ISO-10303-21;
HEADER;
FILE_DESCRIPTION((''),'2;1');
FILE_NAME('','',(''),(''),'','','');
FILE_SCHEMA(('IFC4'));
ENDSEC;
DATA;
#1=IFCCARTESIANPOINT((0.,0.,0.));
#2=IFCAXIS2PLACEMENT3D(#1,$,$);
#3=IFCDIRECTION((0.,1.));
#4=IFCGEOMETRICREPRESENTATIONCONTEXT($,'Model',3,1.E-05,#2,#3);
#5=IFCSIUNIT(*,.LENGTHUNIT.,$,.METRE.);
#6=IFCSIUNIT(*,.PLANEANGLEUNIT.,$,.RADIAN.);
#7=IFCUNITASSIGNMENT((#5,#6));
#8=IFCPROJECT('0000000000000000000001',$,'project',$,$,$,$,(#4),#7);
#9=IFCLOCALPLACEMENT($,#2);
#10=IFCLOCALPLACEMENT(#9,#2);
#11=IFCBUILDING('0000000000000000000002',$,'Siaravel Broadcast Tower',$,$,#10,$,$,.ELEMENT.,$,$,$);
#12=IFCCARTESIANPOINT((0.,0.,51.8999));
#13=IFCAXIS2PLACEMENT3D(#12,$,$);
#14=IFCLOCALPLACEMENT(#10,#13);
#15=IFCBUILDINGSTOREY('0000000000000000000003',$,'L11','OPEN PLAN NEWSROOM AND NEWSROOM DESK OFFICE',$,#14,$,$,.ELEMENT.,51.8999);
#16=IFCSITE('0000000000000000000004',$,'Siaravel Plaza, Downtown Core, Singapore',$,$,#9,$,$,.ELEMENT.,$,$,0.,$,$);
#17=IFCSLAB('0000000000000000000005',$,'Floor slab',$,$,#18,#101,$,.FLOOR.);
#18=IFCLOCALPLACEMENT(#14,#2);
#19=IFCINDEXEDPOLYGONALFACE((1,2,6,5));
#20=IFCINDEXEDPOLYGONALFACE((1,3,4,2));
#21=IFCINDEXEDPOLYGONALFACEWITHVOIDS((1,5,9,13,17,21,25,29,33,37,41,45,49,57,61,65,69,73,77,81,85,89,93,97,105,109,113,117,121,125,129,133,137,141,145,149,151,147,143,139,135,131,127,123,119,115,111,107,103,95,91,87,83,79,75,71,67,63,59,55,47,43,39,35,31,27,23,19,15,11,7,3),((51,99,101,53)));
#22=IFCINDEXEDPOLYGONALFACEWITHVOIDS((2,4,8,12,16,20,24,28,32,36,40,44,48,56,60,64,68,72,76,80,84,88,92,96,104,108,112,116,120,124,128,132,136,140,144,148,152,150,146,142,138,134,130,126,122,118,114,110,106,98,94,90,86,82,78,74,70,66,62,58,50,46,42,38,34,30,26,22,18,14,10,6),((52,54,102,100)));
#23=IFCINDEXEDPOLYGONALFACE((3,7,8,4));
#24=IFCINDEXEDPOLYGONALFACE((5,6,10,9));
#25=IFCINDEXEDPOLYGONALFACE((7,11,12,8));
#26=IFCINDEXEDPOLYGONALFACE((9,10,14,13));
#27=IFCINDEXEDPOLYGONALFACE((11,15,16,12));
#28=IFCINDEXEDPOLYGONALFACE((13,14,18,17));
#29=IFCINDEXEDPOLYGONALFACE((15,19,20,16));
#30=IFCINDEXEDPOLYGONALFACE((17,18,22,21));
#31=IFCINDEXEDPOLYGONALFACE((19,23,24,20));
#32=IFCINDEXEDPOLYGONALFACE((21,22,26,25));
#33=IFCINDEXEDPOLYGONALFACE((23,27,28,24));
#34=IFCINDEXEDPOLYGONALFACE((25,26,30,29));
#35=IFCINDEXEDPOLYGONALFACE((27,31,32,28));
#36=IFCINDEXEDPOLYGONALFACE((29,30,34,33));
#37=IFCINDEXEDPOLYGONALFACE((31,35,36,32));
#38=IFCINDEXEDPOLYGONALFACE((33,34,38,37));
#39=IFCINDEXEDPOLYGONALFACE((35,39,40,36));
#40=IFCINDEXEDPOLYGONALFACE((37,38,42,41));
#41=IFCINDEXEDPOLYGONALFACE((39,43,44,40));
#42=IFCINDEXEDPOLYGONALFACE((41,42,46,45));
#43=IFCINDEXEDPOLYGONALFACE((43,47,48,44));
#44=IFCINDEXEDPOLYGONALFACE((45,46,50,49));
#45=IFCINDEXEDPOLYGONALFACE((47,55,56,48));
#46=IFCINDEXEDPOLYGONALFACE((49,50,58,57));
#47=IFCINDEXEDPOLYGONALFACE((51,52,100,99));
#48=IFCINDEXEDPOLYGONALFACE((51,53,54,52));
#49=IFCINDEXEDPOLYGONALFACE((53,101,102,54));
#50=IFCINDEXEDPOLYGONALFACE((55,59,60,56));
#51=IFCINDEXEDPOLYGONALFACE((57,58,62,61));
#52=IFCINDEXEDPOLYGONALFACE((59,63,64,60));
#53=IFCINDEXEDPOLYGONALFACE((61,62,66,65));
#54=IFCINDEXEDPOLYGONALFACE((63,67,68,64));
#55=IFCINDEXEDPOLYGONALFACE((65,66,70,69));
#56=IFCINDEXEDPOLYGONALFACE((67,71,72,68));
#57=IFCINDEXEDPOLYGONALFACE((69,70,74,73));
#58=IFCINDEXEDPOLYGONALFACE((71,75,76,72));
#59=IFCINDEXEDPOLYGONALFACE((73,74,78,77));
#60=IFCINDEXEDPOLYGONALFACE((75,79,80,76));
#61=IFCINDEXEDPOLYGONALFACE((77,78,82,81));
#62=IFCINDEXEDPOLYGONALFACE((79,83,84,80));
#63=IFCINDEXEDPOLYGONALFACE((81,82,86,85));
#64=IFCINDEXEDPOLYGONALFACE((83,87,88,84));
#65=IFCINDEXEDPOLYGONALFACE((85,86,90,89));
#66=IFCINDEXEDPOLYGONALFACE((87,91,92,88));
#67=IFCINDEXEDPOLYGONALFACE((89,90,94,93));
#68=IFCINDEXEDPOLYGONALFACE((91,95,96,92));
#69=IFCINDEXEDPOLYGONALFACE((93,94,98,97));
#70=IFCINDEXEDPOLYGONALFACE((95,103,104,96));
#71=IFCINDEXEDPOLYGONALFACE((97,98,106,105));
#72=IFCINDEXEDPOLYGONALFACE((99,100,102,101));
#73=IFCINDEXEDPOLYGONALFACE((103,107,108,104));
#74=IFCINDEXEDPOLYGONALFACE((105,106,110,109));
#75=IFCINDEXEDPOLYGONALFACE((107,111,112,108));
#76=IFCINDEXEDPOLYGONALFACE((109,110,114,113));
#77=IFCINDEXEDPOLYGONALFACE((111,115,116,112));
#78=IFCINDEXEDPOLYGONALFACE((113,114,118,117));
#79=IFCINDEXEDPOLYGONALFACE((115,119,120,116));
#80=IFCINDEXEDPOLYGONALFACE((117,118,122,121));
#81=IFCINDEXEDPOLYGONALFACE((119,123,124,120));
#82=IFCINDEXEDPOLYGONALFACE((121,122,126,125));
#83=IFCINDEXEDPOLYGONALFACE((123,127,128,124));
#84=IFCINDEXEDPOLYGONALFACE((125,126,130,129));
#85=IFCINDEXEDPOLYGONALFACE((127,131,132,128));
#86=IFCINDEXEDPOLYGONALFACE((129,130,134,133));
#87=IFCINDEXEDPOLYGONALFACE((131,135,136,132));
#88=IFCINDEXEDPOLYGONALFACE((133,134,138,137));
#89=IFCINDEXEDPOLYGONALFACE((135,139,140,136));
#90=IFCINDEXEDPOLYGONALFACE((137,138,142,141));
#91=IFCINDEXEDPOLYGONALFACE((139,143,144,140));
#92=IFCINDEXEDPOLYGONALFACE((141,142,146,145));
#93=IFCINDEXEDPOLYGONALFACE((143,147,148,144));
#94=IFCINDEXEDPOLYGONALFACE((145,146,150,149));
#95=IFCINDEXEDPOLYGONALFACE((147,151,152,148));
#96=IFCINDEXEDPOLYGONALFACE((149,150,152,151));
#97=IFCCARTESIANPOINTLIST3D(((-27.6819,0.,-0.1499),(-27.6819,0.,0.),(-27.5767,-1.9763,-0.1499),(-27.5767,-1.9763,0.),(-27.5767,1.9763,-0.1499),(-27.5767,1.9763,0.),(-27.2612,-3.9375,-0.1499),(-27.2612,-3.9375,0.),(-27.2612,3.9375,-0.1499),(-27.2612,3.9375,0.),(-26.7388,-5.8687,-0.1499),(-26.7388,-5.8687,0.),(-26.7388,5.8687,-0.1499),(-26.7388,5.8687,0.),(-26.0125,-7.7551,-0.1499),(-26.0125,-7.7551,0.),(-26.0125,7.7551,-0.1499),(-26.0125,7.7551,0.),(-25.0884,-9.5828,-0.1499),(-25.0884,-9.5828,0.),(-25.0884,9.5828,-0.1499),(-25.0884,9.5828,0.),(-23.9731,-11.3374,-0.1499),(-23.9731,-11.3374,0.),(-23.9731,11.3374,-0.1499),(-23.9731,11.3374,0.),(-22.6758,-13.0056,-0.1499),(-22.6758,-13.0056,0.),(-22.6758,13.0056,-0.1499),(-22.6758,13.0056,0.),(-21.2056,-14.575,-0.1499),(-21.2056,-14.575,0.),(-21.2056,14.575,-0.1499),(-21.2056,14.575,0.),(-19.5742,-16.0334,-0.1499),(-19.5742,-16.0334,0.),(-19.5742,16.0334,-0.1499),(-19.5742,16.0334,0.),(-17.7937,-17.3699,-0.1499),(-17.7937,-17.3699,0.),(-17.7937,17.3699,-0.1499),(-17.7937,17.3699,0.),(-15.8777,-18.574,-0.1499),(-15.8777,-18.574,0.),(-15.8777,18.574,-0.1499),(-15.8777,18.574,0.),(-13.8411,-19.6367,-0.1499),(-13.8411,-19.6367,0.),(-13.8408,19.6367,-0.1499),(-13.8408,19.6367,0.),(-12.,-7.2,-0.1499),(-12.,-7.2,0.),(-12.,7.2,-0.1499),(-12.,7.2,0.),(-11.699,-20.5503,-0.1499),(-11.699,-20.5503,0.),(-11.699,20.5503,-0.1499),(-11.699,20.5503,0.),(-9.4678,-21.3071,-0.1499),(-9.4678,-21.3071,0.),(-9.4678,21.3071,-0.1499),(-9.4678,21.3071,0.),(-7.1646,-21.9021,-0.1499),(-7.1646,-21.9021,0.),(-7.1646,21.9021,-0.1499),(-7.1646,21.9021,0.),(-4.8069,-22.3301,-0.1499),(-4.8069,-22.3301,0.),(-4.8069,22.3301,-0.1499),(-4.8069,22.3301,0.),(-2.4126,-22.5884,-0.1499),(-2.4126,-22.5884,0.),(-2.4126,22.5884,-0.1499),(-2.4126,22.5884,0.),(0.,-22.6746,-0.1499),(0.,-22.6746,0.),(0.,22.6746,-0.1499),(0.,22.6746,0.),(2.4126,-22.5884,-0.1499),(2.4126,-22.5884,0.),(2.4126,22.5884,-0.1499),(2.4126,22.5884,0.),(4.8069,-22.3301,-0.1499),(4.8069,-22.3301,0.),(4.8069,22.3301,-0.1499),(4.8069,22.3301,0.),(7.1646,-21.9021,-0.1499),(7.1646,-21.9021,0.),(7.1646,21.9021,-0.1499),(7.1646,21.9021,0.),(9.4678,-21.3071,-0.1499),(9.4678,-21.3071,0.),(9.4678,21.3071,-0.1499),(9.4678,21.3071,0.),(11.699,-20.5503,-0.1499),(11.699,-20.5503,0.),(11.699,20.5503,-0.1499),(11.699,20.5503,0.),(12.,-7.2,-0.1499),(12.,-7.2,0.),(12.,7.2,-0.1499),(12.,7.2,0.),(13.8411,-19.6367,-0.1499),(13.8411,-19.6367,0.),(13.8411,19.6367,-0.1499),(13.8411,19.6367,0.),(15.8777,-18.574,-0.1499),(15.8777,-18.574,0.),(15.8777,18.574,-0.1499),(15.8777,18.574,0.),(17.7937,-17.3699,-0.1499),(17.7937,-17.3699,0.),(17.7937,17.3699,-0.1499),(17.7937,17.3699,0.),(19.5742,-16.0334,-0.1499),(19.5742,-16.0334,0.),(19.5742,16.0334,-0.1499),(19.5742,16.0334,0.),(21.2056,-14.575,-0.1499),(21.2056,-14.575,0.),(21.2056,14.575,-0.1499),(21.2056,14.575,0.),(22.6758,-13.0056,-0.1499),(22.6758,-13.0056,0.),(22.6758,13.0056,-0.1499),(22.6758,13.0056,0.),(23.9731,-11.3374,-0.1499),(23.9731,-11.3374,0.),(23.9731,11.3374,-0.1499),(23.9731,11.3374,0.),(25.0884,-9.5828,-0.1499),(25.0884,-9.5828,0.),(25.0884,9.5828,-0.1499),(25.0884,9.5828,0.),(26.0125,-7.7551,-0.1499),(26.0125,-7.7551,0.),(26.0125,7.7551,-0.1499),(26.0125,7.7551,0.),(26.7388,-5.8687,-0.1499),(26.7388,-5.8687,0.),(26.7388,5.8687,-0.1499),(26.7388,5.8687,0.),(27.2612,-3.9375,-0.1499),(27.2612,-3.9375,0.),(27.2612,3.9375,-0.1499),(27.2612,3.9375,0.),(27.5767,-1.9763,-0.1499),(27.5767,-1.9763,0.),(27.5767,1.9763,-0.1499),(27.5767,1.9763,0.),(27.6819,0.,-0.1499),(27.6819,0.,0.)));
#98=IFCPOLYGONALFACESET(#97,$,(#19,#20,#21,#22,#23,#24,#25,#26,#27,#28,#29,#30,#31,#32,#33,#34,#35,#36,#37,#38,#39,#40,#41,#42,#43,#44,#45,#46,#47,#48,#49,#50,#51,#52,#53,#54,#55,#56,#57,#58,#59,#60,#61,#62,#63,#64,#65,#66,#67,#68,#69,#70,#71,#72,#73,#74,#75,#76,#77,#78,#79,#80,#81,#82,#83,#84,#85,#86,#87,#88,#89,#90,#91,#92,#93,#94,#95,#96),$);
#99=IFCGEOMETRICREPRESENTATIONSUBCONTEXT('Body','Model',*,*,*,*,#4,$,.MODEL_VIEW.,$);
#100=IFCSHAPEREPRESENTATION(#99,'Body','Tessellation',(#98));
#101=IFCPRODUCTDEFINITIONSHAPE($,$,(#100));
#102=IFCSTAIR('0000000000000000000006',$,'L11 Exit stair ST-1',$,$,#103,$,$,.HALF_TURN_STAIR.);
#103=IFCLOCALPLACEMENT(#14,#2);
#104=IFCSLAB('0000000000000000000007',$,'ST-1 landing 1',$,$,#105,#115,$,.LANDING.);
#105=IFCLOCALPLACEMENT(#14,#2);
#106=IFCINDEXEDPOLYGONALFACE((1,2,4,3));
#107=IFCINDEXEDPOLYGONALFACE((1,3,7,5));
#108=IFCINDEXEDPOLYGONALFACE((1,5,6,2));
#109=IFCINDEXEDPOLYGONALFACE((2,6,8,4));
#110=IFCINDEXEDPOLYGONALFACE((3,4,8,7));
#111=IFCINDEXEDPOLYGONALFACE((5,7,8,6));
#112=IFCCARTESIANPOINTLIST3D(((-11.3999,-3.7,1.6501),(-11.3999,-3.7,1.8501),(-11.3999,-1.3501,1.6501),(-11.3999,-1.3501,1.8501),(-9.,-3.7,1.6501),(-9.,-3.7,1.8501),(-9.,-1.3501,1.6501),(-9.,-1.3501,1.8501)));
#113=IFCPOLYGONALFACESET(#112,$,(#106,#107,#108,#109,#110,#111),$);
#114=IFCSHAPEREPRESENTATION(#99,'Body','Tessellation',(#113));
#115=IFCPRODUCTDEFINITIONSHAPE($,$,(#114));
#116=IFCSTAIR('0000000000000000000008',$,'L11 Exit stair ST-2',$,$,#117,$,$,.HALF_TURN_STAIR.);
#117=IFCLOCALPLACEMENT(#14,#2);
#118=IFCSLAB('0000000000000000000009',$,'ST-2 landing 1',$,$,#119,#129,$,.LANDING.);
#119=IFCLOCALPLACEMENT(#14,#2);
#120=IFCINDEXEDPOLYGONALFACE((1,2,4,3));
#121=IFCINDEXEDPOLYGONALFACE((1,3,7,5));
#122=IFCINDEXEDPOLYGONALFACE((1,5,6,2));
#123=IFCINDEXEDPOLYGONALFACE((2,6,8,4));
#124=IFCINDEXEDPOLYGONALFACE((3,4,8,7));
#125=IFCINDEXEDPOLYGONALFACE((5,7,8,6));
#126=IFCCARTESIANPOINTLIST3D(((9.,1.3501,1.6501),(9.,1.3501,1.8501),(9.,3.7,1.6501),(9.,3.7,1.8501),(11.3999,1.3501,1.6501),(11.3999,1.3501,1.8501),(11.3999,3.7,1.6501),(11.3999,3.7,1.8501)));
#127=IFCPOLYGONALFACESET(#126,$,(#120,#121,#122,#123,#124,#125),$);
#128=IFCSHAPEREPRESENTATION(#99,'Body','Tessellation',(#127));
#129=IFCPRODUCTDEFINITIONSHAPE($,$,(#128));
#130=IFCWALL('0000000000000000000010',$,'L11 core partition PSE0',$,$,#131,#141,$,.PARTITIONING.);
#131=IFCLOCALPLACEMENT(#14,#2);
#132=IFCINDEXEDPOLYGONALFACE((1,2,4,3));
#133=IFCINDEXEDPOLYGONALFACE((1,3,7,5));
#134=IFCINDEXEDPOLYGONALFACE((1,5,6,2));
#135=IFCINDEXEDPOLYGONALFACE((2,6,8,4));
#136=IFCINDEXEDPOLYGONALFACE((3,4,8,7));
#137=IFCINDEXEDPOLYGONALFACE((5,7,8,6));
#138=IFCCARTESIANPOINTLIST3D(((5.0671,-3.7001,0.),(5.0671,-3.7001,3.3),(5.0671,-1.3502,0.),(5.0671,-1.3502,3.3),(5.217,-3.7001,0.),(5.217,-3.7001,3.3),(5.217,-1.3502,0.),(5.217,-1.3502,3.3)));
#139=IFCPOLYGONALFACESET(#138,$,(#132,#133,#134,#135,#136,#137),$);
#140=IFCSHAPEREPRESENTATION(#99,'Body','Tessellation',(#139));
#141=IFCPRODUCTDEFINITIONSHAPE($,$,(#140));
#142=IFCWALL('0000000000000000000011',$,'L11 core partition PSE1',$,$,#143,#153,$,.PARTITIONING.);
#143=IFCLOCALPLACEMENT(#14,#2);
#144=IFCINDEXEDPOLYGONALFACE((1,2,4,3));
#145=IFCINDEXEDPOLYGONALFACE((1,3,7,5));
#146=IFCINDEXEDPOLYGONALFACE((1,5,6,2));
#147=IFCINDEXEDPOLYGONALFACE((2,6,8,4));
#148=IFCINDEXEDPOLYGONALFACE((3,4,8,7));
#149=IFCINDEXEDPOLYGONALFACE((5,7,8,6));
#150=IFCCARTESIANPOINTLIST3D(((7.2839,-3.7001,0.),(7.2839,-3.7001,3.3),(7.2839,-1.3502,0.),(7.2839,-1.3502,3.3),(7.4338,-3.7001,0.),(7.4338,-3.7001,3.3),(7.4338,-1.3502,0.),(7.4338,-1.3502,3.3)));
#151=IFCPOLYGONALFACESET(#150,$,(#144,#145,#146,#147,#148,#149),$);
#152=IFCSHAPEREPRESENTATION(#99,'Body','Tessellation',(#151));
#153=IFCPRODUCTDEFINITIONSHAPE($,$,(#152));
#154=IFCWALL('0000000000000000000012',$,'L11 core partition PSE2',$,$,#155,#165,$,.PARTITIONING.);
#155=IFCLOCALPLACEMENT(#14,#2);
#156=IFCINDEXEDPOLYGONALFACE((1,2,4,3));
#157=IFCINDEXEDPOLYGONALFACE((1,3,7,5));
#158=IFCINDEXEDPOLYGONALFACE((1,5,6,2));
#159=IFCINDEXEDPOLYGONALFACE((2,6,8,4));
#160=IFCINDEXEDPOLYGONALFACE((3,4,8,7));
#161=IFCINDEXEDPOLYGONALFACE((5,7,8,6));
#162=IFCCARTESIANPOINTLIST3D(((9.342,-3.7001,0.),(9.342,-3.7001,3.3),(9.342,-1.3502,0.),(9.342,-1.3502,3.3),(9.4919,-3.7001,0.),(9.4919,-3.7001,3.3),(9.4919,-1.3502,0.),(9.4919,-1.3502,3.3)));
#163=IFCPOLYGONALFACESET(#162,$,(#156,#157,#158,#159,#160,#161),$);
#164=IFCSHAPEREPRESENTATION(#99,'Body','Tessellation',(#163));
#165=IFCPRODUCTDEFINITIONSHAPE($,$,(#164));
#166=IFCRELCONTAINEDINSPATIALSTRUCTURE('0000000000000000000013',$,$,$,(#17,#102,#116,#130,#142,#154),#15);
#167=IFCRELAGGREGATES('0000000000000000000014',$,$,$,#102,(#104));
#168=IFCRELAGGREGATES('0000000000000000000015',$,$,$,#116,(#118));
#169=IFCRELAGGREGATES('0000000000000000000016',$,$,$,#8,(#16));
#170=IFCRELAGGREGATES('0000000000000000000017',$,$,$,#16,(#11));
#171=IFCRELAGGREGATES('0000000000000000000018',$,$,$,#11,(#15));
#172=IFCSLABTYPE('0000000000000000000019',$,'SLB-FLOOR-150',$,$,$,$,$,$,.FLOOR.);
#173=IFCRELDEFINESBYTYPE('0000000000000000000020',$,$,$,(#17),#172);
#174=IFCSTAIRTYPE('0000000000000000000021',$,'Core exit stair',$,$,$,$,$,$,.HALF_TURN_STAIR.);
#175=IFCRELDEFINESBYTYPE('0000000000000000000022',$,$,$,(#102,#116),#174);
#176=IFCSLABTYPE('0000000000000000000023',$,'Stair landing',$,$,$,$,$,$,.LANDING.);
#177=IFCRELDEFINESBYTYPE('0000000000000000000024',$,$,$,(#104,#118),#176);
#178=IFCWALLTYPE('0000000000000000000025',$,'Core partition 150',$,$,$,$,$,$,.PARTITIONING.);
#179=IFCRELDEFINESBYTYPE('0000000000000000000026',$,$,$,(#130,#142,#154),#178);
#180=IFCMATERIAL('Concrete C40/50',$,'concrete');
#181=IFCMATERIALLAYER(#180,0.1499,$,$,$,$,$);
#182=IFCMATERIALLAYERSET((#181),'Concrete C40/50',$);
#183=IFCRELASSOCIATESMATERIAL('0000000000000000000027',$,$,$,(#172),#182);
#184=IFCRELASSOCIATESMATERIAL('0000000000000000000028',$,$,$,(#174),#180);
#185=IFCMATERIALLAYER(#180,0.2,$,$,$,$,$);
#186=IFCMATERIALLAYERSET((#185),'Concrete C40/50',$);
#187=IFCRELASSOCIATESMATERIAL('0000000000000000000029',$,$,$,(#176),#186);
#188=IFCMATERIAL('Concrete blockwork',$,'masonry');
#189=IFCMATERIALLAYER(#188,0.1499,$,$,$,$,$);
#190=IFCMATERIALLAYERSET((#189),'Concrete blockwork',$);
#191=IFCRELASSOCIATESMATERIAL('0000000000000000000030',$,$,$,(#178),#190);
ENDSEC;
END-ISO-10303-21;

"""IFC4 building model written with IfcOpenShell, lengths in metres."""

from ifc_helpers import new_model, si_unit, direction, frame, frame_2d, origin, place, context, subcontext, project, spatial, polyline, rectangle, outline, extrude, material, layer, layer_set, type_object, element, aggregate, save


model = new_model("IFC4")

# Units and contexts
model_context = context("Model", 3, precision=1e-05, world=origin(), true_north=direction((0.0, 1.0)))
body_context = subcontext(model_context, "Body", "Model", "MODEL_VIEW")
ifc_project = project(units=[si_unit("LENGTHUNIT", "METRE"), si_unit("PLANEANGLEUNIT", "RADIAN")], contexts=[model_context])

# Site, building, storey
site_placement = place(None, origin())
site = spatial("IfcSite", under=ifc_project, at=site_placement, Name="Siaravel Plaza, Downtown Core, Singapore", CompositionType="ELEMENT", RefElevation=0.0)
building_placement = place(site_placement, origin())
building = spatial("IfcBuilding", under=site, at=building_placement, Name="Siaravel Broadcast Tower", CompositionType="ELEMENT")
storey_placement = place(building_placement, frame((0.0, 0.0, 51.8999)))
storey = spatial("IfcBuildingStorey", under=building, at=storey_placement, Name="L11", Description="OPEN PLAN NEWSROOM AND NEWSROOM DESK OFFICE", CompositionType="ELEMENT", Elevation=51.8999)

# Slab
ifc_material_1 = material(Name="Concrete C40/50", Category="concrete")
ifc_layer_1 = layer(ifc_material_1, 0.1499)
ifc_layer_set_1 = layer_set([ifc_layer_1], Name="Concrete C40/50")
slab_type_1 = type_object("IfcSlabType", Name="SLB-FLOOR-150", PredefinedType="FLOOR", material=ifc_layer_set_1)
slab_1_placement = place(storey_placement, frame((0.0, 0.0, -0.1499)))
element("IfcSlab", 1, at=slab_1_placement, inside=storey, type_object=slab_type_1, Name="Floor slab", PredefinedType="FLOOR", context=body_context, shape_type="SweptSolid", body=[
    extrude(outline(polyline([(27.6819, 0.0), (27.5767, 1.9763), (27.2612, 3.9375), (26.7388, 5.8687), (26.0125, 7.7551), (25.0884, 9.5828), (23.9731, 11.3374), (22.6758, 13.0056), (21.2056, 14.575), (19.5742, 16.0334), (17.7937, 17.3699), (15.8777, 18.574), (13.8411, 19.6367), (11.699, 20.5503), (9.4678, 21.3071), (7.1646, 21.9021), (4.8069, 22.3301), (2.4126, 22.5884), (0.0, 22.6746), (-2.4126, 22.5884), (-4.8069, 22.3301), (-7.1646, 21.9021), (-9.4678, 21.3071), (-11.699, 20.5503), (-13.8408, 19.6367), (-15.8777, 18.574), (-17.7937, 17.3699), (-19.5742, 16.0334), (-21.2056, 14.575), (-22.6758, 13.0056), (-23.9731, 11.3374), (-25.0884, 9.5828), (-26.0125, 7.7551), (-26.7388, 5.8687), (-27.2612, 3.9375), (-27.5767, 1.9763), (-27.6819, 0.0), (-27.5767, -1.9763), (-27.2612, -3.9375), (-26.7388, -5.8687), (-26.0125, -7.7551), (-25.0884, -9.5828), (-23.9731, -11.3374), (-22.6758, -13.0056), (-21.2056, -14.575), (-19.5742, -16.0334), (-17.7937, -17.3699), (-15.8777, -18.574), (-13.8411, -19.6367), (-11.699, -20.5503), (-9.4678, -21.3071), (-7.1646, -21.9021), (-4.8069, -22.3301), (-2.4126, -22.5884), (0.0, -22.6746), (2.4126, -22.5884), (4.8069, -22.3301), (7.1646, -21.9021), (9.4678, -21.3071), (11.699, -20.5503), (13.8411, -19.6367), (15.8777, -18.574), (17.7937, -17.3699), (19.5742, -16.0334), (21.2056, -14.575), (22.6758, -13.0056), (23.9731, -11.3374), (25.0884, -9.5828), (26.0125, -7.7551), (26.7388, -5.8687), (27.2612, -3.9375), (27.5767, -1.9763), (27.6819, 0.0)]), holes=[polyline([(-12.0, 7.2), (12.0, 7.2), (12.0, -7.2), (-12.0, -7.2), (-12.0, 7.2)])]), origin(), (0.0, 0.0, 1.0), 0.1499),
])

# Stairs, slabs
stair_type = type_object("IfcStairType", Name="Core exit stair", PredefinedType="HALF_TURN_STAIR", material=ifc_material_1)
stair_1_placement = place(storey_placement, origin())
stair_1 = element("IfcStair", 2, at=stair_1_placement, inside=storey, type_object=stair_type, Name="L11 Exit stair ST-1", PredefinedType="HALF_TURN_STAIR")
ifc_layer_2 = layer(ifc_material_1, 0.2)
ifc_layer_set_2 = layer_set([ifc_layer_2], Name="Concrete C40/50")
slab_type_2 = type_object("IfcSlabType", Name="Stair landing", PredefinedType="LANDING", material=ifc_layer_set_2)
slab_2_placement = place(storey_placement, frame((0.0, 0.0, 1.6501)))
slab_2 = element("IfcSlab", 3, at=slab_2_placement, type_object=slab_type_2, Name="ST-1 landing 1", PredefinedType="LANDING", context=body_context, shape_type="SweptSolid", body=[
    extrude(outline(polyline([(-9.0, -1.3501), (-11.3999, -1.3501), (-11.3999, -3.7), (-9.0, -3.7), (-9.0, -1.3501)])), origin(), (0.0, 0.0, 1.0), 0.2),
])
aggregate(stair_1, [slab_2])
stair_2_placement = place(storey_placement, origin())
stair_2 = element("IfcStair", 4, at=stair_2_placement, inside=storey, type_object=stair_type, Name="L11 Exit stair ST-2", PredefinedType="HALF_TURN_STAIR")
slab_3_placement = place(storey_placement, frame((0.0, 0.0, 1.6501)))
slab_3 = element("IfcSlab", 5, at=slab_3_placement, type_object=slab_type_2, Name="ST-2 landing 1", PredefinedType="LANDING", context=body_context, shape_type="SweptSolid", body=[
    extrude(outline(polyline([(9.0, 1.3501), (11.3999, 1.3501), (11.3999, 3.7), (9.0, 3.7), (9.0, 1.3501)])), origin(), (0.0, 0.0, 1.0), 0.2),
])
aggregate(stair_2, [slab_3])

# Walls
ifc_material_2 = material(Name="Concrete blockwork", Category="masonry")
ifc_layer_3 = layer(ifc_material_2, 0.1499)
ifc_layer_set_3 = layer_set([ifc_layer_3], Name="Concrete blockwork")
wall_type_1 = type_object("IfcWallType", Name="Core partition 150", PredefinedType="PARTITIONING", material=ifc_layer_set_3)
for number, where, z_axis, x_axis, name in (
    (6, (5.1421, -3.7, 0.0), (0.0, 0.0, 1.0), (0.0, 1.0, 0.0), "L11 core partition PSE0"),
    (7, (7.3589, -3.7, 0.0), (0.0, 0.0, 1.0), (0.0, 1.0, 0.0), "L11 core partition PSE1"),
    (8, (9.417, -3.7, 0.0), (0.0, 0.0, 1.0), (0.0, 1.0, 0.0), "L11 core partition PSE2"),
):
    element("IfcWall", number, at=place(storey_placement, frame(where, z_axis=z_axis, x_axis=x_axis)), inside=storey, type_object=wall_type_1, Name=name, PredefinedType="PARTITIONING", context=body_context, shape_type="SweptSolid", body=[
        extrude(rectangle(XDim=2.3499, YDim=0.1499, at=frame_2d((1.1748, 0.0))), origin(), (0.0, 0.0, 1.0), 3.3),
    ])

save(model, "model.ifc")
